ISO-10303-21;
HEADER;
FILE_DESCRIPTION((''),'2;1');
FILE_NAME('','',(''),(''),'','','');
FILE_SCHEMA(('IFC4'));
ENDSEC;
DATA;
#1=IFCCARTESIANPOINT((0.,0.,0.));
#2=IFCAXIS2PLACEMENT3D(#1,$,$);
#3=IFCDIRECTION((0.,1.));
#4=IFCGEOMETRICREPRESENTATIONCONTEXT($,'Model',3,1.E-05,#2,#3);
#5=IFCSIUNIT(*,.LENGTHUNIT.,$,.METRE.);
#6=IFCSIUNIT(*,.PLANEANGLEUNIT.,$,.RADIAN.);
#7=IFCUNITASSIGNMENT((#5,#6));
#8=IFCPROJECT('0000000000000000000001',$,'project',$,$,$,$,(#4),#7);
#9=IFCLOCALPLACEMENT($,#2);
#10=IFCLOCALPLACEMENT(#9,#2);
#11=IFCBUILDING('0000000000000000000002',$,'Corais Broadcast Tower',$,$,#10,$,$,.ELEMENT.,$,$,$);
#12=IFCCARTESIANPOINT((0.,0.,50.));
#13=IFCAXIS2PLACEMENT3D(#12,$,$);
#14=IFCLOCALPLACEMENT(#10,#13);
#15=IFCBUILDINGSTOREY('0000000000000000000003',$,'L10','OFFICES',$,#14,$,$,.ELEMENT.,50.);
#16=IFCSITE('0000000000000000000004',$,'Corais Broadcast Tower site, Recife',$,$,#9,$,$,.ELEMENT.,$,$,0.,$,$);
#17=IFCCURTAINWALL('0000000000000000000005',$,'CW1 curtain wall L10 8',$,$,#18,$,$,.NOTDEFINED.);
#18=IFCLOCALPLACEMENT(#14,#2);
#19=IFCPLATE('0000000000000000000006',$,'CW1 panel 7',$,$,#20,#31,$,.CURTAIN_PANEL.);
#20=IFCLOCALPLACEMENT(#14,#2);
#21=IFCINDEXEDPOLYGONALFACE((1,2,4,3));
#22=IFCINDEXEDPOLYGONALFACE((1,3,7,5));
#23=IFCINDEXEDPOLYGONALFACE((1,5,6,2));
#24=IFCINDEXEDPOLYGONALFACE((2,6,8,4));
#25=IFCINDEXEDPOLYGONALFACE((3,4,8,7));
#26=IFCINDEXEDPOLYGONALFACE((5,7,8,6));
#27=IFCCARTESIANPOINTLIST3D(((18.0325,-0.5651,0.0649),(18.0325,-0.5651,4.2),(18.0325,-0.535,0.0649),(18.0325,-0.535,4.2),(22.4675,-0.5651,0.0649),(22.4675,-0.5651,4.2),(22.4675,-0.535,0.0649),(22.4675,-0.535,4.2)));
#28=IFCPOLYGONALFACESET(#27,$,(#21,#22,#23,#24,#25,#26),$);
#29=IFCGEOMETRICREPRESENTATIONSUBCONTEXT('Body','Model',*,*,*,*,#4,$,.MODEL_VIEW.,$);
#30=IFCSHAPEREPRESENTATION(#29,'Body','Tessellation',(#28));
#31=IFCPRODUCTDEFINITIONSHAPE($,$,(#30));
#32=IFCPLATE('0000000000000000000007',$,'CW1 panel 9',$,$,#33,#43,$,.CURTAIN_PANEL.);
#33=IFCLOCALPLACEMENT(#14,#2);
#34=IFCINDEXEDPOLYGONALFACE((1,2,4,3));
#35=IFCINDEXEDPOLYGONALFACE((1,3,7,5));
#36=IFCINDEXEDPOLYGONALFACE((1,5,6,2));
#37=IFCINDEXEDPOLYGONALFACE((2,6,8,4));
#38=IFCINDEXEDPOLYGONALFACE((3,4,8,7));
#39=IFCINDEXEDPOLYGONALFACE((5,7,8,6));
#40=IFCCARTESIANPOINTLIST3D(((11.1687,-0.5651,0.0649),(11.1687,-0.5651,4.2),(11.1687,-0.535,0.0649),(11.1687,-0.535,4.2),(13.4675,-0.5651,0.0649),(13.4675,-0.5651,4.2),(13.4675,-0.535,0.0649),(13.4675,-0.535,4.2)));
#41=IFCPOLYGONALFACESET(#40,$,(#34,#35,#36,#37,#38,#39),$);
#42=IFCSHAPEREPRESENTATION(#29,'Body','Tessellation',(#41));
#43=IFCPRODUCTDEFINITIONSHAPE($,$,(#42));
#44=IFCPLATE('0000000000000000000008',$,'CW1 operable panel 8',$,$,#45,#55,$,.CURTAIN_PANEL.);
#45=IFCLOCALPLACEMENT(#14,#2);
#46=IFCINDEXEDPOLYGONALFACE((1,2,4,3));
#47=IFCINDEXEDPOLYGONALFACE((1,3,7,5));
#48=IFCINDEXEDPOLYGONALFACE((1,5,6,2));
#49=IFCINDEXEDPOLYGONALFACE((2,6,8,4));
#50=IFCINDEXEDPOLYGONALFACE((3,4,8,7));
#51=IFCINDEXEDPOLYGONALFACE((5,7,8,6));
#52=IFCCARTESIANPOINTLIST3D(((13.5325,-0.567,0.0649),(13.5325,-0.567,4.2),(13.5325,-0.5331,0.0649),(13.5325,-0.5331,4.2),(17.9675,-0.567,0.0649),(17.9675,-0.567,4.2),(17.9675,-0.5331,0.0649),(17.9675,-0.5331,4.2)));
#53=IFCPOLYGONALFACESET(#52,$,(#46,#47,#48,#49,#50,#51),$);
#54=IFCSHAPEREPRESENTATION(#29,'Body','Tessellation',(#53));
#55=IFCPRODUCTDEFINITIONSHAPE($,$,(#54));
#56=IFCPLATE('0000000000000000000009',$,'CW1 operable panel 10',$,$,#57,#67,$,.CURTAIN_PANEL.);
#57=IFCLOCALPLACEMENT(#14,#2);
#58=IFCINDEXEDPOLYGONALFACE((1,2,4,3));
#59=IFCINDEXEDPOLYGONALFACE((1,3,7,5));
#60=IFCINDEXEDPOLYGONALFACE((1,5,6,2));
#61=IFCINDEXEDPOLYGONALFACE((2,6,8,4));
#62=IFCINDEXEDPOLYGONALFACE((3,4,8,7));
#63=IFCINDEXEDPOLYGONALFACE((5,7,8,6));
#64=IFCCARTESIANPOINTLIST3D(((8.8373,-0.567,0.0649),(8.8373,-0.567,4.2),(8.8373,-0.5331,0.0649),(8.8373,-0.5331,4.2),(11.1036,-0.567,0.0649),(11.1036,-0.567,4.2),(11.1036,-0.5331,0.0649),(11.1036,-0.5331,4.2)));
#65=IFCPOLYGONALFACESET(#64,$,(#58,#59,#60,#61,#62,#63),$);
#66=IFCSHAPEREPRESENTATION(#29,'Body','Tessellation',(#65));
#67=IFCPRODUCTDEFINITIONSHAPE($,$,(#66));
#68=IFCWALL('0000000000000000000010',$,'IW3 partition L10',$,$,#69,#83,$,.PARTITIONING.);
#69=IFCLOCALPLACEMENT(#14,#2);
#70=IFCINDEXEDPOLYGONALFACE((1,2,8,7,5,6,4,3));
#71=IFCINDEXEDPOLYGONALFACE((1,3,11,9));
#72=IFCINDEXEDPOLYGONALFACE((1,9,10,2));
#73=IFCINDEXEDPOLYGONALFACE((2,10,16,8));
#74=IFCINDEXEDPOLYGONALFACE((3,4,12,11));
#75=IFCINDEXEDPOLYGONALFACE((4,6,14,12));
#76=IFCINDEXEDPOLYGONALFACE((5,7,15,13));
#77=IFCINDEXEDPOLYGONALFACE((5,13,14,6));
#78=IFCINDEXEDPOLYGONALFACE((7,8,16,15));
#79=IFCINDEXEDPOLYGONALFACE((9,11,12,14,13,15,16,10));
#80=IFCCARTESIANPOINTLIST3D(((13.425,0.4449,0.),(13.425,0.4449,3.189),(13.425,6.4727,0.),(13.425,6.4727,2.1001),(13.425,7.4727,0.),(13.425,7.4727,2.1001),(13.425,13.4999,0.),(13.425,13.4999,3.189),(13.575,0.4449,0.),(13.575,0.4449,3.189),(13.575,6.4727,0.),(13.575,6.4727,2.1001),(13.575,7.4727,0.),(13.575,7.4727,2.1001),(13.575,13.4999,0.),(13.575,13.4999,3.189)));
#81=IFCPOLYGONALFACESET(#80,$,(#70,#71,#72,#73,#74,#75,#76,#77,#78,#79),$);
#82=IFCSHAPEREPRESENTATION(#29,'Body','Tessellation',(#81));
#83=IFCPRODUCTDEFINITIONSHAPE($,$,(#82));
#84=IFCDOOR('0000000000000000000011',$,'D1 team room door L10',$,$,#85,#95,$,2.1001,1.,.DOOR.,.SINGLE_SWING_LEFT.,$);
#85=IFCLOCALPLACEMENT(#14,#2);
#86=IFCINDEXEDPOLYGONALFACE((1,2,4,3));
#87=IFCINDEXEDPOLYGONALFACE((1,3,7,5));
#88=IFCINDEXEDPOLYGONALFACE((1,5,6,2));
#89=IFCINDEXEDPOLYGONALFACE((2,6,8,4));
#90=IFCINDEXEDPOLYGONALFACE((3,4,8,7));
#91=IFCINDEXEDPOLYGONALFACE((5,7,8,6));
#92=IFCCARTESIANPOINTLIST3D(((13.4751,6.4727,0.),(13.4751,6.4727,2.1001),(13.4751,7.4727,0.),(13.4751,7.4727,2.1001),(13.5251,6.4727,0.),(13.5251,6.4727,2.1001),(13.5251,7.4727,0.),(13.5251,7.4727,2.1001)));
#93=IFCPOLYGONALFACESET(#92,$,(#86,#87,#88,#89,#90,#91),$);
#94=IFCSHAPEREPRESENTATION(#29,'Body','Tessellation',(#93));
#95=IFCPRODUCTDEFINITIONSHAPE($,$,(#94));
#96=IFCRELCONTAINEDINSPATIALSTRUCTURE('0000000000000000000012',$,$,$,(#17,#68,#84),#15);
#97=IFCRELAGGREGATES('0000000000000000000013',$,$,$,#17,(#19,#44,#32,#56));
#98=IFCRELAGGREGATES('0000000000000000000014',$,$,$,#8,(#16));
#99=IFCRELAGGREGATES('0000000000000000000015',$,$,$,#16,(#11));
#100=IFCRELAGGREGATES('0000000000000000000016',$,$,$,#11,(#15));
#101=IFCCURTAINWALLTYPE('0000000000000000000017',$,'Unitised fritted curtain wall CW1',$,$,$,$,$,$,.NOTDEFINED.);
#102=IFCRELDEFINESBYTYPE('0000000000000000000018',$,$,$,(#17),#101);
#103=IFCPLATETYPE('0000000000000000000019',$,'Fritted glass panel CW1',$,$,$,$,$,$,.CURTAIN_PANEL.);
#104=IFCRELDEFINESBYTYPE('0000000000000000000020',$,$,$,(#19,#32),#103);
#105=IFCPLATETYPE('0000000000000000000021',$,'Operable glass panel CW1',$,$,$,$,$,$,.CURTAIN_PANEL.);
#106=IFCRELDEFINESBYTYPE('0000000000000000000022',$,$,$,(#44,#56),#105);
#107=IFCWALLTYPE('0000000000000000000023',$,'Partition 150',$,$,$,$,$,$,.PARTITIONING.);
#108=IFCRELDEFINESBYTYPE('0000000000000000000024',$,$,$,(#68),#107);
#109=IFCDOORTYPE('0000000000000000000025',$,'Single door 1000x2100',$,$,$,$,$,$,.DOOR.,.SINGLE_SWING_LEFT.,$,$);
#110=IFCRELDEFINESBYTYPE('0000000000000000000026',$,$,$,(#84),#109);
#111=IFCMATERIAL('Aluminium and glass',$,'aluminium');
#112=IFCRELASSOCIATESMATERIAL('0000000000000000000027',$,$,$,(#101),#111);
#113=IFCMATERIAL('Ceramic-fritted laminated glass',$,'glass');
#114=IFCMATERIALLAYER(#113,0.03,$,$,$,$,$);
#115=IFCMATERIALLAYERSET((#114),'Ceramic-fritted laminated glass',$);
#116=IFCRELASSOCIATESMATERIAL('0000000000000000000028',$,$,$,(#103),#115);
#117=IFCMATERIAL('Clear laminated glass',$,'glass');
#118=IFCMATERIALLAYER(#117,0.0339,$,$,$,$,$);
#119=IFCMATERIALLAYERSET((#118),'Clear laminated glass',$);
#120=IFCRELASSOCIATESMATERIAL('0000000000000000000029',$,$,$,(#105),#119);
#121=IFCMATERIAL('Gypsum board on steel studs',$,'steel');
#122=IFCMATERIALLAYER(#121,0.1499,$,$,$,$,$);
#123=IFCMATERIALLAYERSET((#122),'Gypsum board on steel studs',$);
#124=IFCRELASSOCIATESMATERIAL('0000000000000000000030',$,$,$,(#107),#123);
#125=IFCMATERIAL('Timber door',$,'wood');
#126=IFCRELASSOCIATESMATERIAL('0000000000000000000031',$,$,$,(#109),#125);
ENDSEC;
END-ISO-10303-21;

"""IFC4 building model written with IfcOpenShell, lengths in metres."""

from ifc_helpers import new_model, si_unit, direction, frame, frame_2d, origin, origin_2d, place, context, subcontext, project, spatial, rectangle, extrude, material, layer, layer_set, type_object, element, fill, aggregate, save


model = new_model("IFC4")

# Units and contexts
model_context = context("Model", 3, precision=1e-05, world=origin(), true_north=direction((0.0, 1.0)))
body_context = subcontext(model_context, "Body", "Model", "MODEL_VIEW")
ifc_project = project(units=[si_unit("LENGTHUNIT", "METRE"), si_unit("PLANEANGLEUNIT", "RADIAN")], contexts=[model_context])

# Site, building, storey
site_placement = place(None, origin())
site = spatial("IfcSite", under=ifc_project, at=site_placement, Name="Corais Broadcast Tower site, Recife", CompositionType="ELEMENT", RefElevation=0.0)
building_placement = place(site_placement, origin())
building = spatial("IfcBuilding", under=site, at=building_placement, Name="Corais Broadcast Tower", CompositionType="ELEMENT")
storey_placement = place(building_placement, frame((0.0, 0.0, 50.0)))
storey = spatial("IfcBuildingStorey", under=building, at=storey_placement, Name="L10", Description="OFFICES", CompositionType="ELEMENT", Elevation=50.0)

# Curtain wall
ifc_material_1 = material(Name="Aluminium and glass", Category="aluminium")
curtain_wall_type = type_object("IfcCurtainWallType", Name="Unitised fritted curtain wall CW1", PredefinedType="NOTDEFINED", material=ifc_material_1)
curtain_wall_placement = place(storey_placement, origin())
curtain_wall = element("IfcCurtainWall", 1, at=curtain_wall_placement, inside=storey, type_object=curtain_wall_type, Name="CW1 curtain wall L10 8", PredefinedType="NOTDEFINED")

# Plates
ifc_material_2 = material(Name="Ceramic-fritted laminated glass", Category="glass")
ifc_layer_1 = layer(ifc_material_2, 0.03)
ifc_layer_set_1 = layer_set([ifc_layer_1], Name="Ceramic-fritted laminated glass")
plate_type_1 = type_object("IfcPlateType", Name="Fritted glass panel CW1", PredefinedType="CURTAIN_PANEL", material=ifc_layer_set_1)
plate_1_placement = place(storey_placement, frame((20.25, -0.55, 0.0649), z_axis=(0.0, 0.0, 1.0), x_axis=(-1.0, 0.0, 0.0)))
plate_1 = element("IfcPlate", 2, at=plate_1_placement, type_object=plate_type_1, Name="CW1 panel 7", PredefinedType="CURTAIN_PANEL", context=body_context, shape_type="SweptSolid", body=[
    extrude(rectangle(XDim=4.4351, YDim=0.03, at=origin_2d()), origin(), (0.0, 0.0, 1.0), 4.135),
])
plate_2_placement = place(storey_placement, frame((12.3181, -0.55, 0.0649), z_axis=(0.0, 0.0, 1.0), x_axis=(-1.0, 0.0, 0.0)))
plate_2 = element("IfcPlate", 3, at=plate_2_placement, type_object=plate_type_1, Name="CW1 panel 9", PredefinedType="CURTAIN_PANEL", context=body_context, shape_type="SweptSolid", body=[
    extrude(rectangle(XDim=2.2988, YDim=0.03, at=origin_2d()), origin(), (0.0, 0.0, 1.0), 4.135),
])
ifc_material_3 = material(Name="Clear laminated glass", Category="glass")
ifc_layer_2 = layer(ifc_material_3, 0.0339)
ifc_layer_set_2 = layer_set([ifc_layer_2], Name="Clear laminated glass")
plate_type_2 = type_object("IfcPlateType", Name="Operable glass panel CW1", PredefinedType="CURTAIN_PANEL", material=ifc_layer_set_2)
plate_3_placement = place(storey_placement, frame((15.75, -0.55, 0.0649), z_axis=(0.0, 0.0, 1.0), x_axis=(-1.0, 0.0, 0.0)))
plate_3 = element("IfcPlate", 4, at=plate_3_placement, type_object=plate_type_2, Name="CW1 operable panel 8", PredefinedType="CURTAIN_PANEL", context=body_context, shape_type="SweptSolid", body=[
    extrude(rectangle(XDim=4.4351, YDim=0.0339, at=origin_2d()), origin(), (0.0, 0.0, 1.0), 4.135),
])
plate_4_placement = place(storey_placement, frame((9.9705, -0.55, 0.0649), z_axis=(0.0, 0.0, 1.0), x_axis=(-1.0, 0.0, 0.0)))
plate_4 = element("IfcPlate", 5, at=plate_4_placement, type_object=plate_type_2, Name="CW1 operable panel 10", PredefinedType="CURTAIN_PANEL", context=body_context, shape_type="SweptSolid", body=[
    extrude(rectangle(XDim=2.2664, YDim=0.0339, at=origin_2d()), origin(), (0.0, 0.0, 1.0), 4.135),
])
aggregate(curtain_wall, [plate_1, plate_3, plate_2, plate_4])

# Wall, opening, door
ifc_material_4 = material(Name="Gypsum board on steel studs", Category="steel")
ifc_layer_3 = layer(ifc_material_4, 0.1499)
ifc_layer_set_3 = layer_set([ifc_layer_3], Name="Gypsum board on steel studs")
wall_type = type_object("IfcWallType", Name="Partition 150", PredefinedType="PARTITIONING", material=ifc_layer_set_3)
wall_placement = place(storey_placement, frame((13.5, 0.4451, 0.0), z_axis=(0.0, 0.0, 1.0), x_axis=(0.0, 1.0, 0.0)))
wall = element("IfcWall", 6, at=wall_placement, inside=storey, type_object=wall_type, Name="IW3 partition L10", PredefinedType="PARTITIONING", context=body_context, shape_type="SweptSolid", body=[
    extrude(rectangle(XDim=13.0549, YDim=0.1499, at=frame_2d((6.5273, 0.0))), origin(), (0.0, 0.0, 1.0), 3.189),
])
opening_placement = place(wall_placement, frame((6.0276, 0.0, 0.0)))
opening = element("IfcOpeningElement", 7, at=opening_placement, cuts=wall, PredefinedType="OPENING", context=body_context, shape_type="SweptSolid", body=[
    extrude(rectangle(XDim=1.0, YDim=2.1001, at=frame_2d((0.5, 1.05))), frame((0.0, 0.085, 0.0), z_axis=(0.0, -1.0, 0.0), x_axis=(1.0, 0.0, 0.0)), (0.0, 0.0, 1.0), 0.1699),
])
ifc_material_5 = material(Name="Timber door", Category="wood")
door_type = type_object("IfcDoorType", Name="Single door 1000x2100", OperationType="SINGLE_SWING_LEFT", PredefinedType="DOOR", material=ifc_material_5)
door_placement = place(opening_placement, origin())
door = element("IfcDoor", 8, at=door_placement, inside=storey, type_object=door_type, Name="D1 team room door L10", OperationType="SINGLE_SWING_LEFT", OverallHeight=2.1001, OverallWidth=1.0, PredefinedType="DOOR", context=body_context, shape_type="SweptSolid", body=[
    extrude(rectangle(XDim=1.0, YDim=2.1001, at=frame_2d((0.5, 1.05))), frame((0.0, 0.0249, 0.0), z_axis=(0.0, -1.0, 0.0), x_axis=(1.0, 0.0, 0.0)), (0.0, 0.0, 1.0), 0.05),
])
fill(opening, door)

save(model, "model.ifc")
